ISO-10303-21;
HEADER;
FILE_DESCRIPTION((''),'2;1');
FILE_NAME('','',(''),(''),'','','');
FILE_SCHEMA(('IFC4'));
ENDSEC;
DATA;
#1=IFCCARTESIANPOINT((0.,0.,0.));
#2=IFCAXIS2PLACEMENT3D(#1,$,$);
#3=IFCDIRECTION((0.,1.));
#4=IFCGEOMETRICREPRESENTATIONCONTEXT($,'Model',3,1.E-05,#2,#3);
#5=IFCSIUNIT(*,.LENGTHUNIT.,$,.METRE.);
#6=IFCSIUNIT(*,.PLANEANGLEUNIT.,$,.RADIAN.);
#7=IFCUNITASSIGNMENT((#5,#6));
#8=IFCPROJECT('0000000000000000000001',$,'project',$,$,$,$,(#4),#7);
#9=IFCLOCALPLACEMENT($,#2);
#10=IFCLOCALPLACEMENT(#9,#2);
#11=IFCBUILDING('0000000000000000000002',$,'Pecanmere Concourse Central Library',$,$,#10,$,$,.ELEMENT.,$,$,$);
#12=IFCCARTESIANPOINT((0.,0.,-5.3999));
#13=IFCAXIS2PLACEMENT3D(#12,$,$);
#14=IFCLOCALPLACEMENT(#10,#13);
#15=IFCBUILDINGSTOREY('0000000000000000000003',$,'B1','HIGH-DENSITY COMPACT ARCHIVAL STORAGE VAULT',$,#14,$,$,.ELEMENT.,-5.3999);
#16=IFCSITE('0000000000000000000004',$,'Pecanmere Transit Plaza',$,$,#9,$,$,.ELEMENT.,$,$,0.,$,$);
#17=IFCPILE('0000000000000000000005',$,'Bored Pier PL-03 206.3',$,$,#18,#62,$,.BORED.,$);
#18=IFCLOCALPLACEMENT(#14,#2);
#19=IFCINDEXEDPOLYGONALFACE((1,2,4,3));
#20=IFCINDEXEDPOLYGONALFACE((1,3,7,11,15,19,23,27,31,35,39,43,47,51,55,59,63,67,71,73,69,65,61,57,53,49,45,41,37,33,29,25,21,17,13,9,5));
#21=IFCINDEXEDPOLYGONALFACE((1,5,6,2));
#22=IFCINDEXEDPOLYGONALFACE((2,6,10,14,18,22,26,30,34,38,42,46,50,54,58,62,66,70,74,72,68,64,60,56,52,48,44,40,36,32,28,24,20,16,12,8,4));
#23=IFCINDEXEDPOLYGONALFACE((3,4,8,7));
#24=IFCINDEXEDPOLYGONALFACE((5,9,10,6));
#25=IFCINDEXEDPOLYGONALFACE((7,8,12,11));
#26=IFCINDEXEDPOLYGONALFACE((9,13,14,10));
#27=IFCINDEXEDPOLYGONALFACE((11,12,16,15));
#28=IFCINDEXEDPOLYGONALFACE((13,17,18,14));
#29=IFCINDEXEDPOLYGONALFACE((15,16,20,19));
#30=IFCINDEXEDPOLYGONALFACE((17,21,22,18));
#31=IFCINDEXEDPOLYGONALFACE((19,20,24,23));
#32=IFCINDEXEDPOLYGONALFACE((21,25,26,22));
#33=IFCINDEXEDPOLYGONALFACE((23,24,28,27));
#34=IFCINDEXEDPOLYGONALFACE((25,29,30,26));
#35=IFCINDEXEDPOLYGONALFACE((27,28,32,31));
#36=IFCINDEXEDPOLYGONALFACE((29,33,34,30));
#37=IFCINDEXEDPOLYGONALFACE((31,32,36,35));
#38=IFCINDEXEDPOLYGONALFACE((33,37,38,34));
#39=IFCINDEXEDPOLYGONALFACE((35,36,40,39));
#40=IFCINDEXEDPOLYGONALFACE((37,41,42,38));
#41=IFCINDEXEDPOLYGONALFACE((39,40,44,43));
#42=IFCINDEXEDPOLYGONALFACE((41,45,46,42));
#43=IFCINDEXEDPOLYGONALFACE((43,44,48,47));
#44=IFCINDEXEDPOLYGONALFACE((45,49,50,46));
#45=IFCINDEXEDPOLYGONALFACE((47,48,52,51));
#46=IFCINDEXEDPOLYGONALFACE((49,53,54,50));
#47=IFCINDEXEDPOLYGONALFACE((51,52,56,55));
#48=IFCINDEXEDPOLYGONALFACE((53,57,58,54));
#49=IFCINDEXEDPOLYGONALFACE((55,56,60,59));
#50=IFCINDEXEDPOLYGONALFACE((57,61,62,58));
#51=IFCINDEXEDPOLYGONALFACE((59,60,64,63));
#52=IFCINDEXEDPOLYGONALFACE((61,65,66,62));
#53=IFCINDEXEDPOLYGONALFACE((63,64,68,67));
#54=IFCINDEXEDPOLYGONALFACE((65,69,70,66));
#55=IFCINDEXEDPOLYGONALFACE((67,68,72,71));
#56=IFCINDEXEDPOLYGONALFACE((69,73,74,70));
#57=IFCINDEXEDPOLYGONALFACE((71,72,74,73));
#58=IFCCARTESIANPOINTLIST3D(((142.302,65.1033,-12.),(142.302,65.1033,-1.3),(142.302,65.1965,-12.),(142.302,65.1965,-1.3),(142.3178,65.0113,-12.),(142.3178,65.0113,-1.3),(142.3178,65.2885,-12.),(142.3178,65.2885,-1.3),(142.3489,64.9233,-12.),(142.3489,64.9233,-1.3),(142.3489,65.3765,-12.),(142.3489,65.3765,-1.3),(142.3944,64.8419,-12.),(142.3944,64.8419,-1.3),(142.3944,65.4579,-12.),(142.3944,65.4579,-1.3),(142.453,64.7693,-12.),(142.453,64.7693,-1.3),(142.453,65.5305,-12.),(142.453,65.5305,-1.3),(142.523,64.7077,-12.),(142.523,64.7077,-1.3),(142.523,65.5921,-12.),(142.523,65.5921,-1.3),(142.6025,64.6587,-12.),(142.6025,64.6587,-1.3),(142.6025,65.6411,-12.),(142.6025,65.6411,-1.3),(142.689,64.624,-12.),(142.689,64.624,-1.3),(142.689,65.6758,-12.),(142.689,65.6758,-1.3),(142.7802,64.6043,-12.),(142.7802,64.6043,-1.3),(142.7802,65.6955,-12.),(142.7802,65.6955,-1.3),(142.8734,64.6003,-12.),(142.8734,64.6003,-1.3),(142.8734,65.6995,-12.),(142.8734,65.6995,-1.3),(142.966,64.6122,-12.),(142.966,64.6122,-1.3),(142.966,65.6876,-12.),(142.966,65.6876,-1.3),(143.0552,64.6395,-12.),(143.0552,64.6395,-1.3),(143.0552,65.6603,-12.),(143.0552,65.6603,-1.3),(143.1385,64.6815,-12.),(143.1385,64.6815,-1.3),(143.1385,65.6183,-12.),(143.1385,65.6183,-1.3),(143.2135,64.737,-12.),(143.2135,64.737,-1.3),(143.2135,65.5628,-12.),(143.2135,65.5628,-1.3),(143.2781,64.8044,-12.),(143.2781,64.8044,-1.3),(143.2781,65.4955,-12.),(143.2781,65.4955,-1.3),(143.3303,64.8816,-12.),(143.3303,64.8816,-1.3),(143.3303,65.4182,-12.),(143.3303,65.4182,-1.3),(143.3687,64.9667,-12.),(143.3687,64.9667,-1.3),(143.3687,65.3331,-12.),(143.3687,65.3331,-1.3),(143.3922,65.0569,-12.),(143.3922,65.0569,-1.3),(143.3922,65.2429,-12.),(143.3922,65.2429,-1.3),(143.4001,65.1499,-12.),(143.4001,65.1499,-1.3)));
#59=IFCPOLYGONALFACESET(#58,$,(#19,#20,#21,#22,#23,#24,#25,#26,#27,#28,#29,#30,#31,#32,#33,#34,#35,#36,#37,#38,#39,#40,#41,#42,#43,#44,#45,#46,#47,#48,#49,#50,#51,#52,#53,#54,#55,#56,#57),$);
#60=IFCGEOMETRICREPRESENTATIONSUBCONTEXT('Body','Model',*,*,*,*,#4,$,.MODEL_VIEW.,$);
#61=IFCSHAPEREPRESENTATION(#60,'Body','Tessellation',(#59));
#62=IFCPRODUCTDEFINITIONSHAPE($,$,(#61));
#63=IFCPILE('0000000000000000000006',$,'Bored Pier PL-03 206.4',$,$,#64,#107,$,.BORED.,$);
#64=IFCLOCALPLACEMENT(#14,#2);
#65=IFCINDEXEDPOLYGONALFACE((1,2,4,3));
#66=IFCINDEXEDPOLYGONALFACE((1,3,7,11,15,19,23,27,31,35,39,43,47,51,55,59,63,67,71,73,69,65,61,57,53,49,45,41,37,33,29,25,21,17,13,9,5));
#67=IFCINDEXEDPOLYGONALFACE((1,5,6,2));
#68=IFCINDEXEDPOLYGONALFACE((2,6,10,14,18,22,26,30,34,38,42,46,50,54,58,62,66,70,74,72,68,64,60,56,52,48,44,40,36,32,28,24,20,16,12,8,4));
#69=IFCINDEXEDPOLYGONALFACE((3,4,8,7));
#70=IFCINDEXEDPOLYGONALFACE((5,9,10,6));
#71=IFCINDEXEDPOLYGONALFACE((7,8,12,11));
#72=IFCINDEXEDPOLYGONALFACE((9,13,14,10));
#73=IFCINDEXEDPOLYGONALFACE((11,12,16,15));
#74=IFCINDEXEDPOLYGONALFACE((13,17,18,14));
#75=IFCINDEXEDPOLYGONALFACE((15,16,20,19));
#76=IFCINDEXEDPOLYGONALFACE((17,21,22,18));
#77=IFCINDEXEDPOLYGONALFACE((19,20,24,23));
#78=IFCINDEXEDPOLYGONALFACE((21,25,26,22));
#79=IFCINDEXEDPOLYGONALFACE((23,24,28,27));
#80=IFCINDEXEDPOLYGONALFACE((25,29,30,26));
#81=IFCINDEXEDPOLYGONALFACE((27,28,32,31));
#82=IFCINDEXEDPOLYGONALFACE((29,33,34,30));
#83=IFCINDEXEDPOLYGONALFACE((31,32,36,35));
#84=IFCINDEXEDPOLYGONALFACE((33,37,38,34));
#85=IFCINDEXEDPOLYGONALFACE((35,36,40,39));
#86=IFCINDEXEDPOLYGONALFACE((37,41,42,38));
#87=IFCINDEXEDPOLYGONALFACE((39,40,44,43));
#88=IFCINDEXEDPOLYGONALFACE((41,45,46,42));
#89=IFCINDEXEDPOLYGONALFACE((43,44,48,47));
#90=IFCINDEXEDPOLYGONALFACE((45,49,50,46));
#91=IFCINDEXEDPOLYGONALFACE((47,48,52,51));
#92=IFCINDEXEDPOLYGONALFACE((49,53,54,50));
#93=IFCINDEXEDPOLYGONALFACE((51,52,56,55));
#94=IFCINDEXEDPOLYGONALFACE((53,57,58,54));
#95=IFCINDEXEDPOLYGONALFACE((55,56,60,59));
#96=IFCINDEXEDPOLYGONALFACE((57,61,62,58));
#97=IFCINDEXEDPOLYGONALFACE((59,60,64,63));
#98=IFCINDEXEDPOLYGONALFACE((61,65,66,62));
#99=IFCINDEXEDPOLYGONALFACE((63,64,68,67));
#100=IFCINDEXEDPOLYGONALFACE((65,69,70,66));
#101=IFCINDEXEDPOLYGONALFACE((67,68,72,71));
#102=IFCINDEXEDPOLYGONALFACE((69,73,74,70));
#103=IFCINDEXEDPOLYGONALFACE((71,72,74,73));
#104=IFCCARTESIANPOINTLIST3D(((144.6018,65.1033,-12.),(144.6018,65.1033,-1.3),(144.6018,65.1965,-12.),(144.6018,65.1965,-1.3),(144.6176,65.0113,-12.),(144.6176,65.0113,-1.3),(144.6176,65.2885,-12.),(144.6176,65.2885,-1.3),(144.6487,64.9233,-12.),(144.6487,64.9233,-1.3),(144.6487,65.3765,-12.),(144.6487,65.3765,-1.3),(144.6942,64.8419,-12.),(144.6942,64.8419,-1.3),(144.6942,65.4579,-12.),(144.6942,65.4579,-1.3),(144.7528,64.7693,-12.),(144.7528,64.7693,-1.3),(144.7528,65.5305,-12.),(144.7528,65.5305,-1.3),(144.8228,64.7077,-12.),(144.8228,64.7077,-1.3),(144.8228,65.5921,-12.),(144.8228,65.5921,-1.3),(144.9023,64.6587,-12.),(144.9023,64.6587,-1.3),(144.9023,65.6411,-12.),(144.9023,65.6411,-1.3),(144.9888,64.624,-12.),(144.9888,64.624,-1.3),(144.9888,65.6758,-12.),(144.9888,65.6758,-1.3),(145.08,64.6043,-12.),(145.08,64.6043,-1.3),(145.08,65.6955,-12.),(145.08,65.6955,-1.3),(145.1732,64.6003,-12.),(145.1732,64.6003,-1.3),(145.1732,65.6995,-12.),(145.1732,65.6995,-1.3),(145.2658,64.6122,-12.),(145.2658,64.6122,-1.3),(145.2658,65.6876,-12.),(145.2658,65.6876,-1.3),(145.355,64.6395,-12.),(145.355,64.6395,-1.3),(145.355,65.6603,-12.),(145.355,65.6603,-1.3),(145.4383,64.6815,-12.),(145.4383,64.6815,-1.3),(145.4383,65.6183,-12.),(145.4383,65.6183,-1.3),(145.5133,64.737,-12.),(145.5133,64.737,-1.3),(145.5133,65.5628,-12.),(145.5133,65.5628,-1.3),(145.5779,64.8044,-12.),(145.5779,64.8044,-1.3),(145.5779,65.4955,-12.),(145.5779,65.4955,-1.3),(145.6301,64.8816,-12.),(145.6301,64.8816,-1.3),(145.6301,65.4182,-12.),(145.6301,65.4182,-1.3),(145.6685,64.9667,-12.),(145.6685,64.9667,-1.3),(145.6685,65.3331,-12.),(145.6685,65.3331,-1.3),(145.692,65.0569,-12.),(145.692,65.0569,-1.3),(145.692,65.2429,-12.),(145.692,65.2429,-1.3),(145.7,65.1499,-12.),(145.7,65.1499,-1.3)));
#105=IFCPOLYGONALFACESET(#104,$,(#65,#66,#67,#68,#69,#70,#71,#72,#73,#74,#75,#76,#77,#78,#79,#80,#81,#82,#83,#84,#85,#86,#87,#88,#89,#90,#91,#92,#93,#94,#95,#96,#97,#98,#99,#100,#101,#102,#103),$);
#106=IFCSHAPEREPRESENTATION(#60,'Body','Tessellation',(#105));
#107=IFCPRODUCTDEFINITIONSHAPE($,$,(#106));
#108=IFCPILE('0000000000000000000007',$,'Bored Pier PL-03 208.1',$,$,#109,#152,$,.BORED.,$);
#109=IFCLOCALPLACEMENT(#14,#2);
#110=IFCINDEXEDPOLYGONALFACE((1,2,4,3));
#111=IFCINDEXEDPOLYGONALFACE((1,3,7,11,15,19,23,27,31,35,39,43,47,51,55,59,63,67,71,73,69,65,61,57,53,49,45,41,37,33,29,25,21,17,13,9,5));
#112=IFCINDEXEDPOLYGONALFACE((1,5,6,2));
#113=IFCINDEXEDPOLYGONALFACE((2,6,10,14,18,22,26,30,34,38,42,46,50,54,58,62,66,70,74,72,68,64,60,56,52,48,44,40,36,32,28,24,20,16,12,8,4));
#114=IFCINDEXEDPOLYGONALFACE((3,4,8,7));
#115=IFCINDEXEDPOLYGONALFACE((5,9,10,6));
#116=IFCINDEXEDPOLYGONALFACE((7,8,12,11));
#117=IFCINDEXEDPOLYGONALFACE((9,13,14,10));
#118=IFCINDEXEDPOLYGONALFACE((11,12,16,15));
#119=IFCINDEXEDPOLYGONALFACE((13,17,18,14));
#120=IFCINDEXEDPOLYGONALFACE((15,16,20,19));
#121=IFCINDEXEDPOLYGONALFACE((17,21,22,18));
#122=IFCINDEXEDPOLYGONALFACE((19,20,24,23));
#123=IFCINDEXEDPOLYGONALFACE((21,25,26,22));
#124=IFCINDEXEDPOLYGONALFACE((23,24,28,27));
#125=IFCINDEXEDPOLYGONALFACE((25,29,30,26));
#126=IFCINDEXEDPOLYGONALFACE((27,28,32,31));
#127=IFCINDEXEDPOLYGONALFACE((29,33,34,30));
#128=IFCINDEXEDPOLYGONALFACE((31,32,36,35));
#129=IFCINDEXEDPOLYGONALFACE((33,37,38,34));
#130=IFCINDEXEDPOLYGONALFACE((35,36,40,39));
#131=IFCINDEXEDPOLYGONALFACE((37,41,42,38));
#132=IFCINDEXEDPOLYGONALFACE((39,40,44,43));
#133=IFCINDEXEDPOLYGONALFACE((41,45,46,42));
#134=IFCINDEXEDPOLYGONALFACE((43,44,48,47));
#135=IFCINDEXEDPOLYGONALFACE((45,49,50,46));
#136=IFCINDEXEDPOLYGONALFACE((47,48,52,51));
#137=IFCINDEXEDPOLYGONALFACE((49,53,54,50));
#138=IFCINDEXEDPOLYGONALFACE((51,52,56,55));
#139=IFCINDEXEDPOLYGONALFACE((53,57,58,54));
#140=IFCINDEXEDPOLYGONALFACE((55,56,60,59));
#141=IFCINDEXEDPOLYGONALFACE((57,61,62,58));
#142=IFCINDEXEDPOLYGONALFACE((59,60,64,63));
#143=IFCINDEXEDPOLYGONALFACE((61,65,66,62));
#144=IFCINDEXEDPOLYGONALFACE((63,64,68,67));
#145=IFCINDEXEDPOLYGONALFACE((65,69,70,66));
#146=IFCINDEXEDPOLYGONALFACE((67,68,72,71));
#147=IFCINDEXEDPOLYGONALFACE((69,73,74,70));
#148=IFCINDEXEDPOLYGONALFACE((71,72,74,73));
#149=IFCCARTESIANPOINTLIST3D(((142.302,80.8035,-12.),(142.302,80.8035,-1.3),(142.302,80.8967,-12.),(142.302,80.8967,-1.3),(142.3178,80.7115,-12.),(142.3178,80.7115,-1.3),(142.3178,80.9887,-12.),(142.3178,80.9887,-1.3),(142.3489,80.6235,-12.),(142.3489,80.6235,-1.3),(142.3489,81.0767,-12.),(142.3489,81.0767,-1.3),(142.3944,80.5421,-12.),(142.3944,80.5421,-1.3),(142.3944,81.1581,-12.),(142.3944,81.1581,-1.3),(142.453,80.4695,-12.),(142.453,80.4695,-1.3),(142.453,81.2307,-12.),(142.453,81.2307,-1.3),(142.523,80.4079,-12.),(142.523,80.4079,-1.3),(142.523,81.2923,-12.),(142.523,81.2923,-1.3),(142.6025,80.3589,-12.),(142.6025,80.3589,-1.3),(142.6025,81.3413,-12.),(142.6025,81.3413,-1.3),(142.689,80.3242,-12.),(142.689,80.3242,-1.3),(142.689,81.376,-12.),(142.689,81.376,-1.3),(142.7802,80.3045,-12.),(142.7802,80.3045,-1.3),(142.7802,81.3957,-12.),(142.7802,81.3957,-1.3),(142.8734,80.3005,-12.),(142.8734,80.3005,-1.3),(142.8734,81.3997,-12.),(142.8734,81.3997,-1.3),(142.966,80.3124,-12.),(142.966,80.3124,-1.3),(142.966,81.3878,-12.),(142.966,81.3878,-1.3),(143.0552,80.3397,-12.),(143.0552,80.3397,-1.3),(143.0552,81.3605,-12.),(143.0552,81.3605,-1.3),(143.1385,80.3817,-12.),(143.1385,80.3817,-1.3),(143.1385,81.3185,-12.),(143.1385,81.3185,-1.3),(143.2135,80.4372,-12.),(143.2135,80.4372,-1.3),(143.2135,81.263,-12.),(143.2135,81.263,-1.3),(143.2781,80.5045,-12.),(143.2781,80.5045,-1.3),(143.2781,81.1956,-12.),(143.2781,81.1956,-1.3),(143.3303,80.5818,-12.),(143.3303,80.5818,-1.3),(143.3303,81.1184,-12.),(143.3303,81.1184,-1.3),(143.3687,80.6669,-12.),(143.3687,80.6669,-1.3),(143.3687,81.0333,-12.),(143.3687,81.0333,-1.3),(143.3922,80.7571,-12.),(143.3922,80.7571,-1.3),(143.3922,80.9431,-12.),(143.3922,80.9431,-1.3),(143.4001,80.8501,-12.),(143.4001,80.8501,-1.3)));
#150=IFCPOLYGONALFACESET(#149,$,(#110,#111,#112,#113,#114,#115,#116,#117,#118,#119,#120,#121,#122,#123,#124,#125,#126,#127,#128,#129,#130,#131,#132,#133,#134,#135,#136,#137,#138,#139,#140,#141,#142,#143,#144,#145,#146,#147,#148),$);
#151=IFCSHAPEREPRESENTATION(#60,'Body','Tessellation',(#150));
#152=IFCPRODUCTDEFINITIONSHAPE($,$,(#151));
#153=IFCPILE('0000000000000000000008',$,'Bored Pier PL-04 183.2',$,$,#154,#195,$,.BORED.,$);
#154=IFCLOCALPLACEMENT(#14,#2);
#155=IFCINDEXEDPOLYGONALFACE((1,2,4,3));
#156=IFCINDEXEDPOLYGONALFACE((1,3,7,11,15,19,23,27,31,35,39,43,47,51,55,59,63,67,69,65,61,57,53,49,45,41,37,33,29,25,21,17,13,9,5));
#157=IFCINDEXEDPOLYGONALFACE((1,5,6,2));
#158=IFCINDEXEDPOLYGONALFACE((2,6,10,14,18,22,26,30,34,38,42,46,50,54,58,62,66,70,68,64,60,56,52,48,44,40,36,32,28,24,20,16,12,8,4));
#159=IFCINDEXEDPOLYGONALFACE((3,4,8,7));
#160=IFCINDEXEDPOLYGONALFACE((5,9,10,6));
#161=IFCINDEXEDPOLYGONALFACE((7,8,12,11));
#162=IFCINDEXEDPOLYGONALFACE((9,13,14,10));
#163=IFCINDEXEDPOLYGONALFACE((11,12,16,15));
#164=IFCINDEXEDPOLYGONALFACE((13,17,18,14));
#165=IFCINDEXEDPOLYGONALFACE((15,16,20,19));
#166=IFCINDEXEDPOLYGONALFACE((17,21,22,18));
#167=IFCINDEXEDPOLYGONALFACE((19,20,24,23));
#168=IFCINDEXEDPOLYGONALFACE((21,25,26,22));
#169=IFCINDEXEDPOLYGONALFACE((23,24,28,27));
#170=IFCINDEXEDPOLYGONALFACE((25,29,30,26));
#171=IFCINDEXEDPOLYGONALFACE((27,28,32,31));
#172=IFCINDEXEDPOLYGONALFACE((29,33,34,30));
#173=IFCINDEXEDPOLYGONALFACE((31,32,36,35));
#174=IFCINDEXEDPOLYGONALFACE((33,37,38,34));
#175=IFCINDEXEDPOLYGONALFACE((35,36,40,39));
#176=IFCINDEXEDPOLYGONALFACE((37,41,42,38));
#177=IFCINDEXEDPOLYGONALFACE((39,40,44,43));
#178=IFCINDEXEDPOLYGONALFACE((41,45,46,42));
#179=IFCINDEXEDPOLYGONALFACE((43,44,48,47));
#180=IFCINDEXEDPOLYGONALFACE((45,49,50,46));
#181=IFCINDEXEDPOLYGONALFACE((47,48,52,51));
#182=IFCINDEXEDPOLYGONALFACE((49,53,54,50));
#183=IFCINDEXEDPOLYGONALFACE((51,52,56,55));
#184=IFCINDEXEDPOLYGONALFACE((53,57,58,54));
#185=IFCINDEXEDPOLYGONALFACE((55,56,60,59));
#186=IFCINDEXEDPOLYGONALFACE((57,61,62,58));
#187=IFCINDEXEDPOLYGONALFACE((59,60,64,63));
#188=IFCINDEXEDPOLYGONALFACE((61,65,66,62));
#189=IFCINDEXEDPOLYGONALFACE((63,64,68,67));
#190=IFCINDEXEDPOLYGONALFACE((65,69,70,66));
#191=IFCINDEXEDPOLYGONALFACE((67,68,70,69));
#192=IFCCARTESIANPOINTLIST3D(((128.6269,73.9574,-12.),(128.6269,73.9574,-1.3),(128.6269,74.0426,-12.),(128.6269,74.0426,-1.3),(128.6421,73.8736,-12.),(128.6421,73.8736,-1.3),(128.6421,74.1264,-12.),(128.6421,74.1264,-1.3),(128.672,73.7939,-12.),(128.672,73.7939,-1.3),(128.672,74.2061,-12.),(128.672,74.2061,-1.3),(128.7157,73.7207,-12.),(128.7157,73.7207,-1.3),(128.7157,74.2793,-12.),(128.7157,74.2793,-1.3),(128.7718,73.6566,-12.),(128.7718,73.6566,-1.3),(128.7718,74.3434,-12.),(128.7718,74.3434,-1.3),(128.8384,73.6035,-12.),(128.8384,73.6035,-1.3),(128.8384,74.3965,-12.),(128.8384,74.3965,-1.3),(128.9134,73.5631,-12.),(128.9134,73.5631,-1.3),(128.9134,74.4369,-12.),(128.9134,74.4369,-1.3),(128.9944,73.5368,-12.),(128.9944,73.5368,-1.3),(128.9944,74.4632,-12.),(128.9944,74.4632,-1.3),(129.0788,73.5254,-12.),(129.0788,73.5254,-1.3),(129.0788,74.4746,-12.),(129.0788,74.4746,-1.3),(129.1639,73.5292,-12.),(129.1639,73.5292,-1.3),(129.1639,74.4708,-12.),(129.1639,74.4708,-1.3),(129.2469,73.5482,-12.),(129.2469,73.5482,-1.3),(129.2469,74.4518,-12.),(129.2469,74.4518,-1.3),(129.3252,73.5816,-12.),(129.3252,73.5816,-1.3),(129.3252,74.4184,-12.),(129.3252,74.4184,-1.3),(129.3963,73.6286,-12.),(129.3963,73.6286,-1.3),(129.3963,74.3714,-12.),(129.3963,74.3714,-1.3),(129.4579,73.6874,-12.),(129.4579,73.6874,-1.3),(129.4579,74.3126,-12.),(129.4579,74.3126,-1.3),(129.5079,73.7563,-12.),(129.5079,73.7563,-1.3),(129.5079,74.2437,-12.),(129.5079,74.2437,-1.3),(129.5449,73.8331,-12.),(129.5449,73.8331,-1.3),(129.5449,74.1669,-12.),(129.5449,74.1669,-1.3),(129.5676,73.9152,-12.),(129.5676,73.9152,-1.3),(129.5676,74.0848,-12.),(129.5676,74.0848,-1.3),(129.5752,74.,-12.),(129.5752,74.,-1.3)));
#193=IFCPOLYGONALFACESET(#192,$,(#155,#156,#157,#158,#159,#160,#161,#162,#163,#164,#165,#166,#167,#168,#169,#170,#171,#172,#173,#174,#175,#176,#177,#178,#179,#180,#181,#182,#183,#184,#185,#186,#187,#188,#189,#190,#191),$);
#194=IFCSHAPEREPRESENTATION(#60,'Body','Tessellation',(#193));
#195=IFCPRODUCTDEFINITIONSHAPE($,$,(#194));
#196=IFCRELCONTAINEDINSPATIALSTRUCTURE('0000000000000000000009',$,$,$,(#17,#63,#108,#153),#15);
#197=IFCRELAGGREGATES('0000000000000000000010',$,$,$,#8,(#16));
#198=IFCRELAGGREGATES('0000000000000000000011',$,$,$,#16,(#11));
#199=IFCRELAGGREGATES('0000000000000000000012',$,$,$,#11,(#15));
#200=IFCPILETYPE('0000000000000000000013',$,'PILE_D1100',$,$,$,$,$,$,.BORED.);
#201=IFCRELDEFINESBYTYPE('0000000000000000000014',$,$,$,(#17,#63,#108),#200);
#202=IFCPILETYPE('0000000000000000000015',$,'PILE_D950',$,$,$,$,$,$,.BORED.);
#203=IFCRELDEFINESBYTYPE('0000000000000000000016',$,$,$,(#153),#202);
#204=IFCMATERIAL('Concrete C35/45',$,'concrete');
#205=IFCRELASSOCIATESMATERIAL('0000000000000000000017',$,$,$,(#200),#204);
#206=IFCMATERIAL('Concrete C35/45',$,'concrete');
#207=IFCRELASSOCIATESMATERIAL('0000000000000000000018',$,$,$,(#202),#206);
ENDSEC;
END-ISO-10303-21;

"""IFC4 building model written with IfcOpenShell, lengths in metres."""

from ifc_helpers import new_model, si_unit, direction, frame, origin, origin_2d, place, context, subcontext, project, spatial, circle, extrude, material, material_profile, profile_set, type_object, element, save


model = new_model("IFC4")

# Units and contexts
model_context = context("Model", 3, precision=1e-05, world=origin(), true_north=direction((0.0, 1.0)))
body_context = subcontext(model_context, "Body", "Model", "MODEL_VIEW")
ifc_project = project(units=[si_unit("LENGTHUNIT", "METRE"), si_unit("PLANEANGLEUNIT", "RADIAN")], contexts=[model_context])

# Site, building, storey
site_placement = place(None, origin())
site = spatial("IfcSite", under=ifc_project, at=site_placement, Name="Pecanmere Transit Plaza", CompositionType="ELEMENT", RefElevation=0.0)
building_placement = place(site_placement, origin())
building = spatial("IfcBuilding", under=site, at=building_placement, Name="Pecanmere Concourse Central Library", CompositionType="ELEMENT")
storey_placement = place(building_placement, frame((0.0, 0.0, -5.3999)))
storey = spatial("IfcBuildingStorey", under=building, at=storey_placement, Name="B1", Description="HIGH-DENSITY COMPACT ARCHIVAL STORAGE VAULT", CompositionType="ELEMENT", Elevation=-5.3999)

# Piles
ifc_material_1 = material(Name="Concrete C35/45", Category="concrete")
ifc_material_profile_1 = material_profile(ifc_material_1, circle(Radius=0.55, at=origin_2d()), Name="PIER D1100")
ifc_profile_set_1 = profile_set([ifc_material_profile_1], Name="Concrete C35/45")
pile_type_1 = type_object("IfcPileType", Name="PILE_D1100", PredefinedType="BORED", material=ifc_profile_set_1)
for number, where, z_axis, x_axis, name in (
    (1, (142.8501, 65.1499, -1.3), (0.0, 0.0, -1.0), (1.0, 0.0, 0.0), "Bored Pier PL-03 206.3"),
    (2, (145.1499, 65.1499, -1.3), (0.0, 0.0, -1.0), (1.0, 0.0, 0.0), "Bored Pier PL-03 206.4"),
    (3, (142.8501, 80.8501, -1.3), (0.0, 0.0, -1.0), (1.0, 0.0, 0.0), "Bored Pier PL-03 208.1"),
):
    element("IfcPile", number, at=place(storey_placement, frame(where, z_axis=z_axis, x_axis=x_axis)), inside=storey, type_object=pile_type_1, Name=name, PredefinedType="BORED", context=body_context, shape_type="SweptSolid", body=[
        extrude(circle(Radius=0.55, at=origin_2d()), origin(), (0.0, 0.0, 1.0), 10.7),
    ])
ifc_material_2 = material(Name="Concrete C35/45", Category="concrete")
ifc_material_profile_2 = material_profile(ifc_material_2, circle(Radius=0.4751, at=origin_2d()), Name="PIER D950")
ifc_profile_set_2 = profile_set([ifc_material_profile_2], Name="Concrete C35/45")
pile_type_2 = type_object("IfcPileType", Name="PILE_D950", PredefinedType="BORED", material=ifc_profile_set_2)
for number, where, z_axis, x_axis, name in (
    (4, (129.1001, 74.0, -1.3), (0.0, 0.0, -1.0), (1.0, 0.0, 0.0), "Bored Pier PL-04 183.2"),
):
    element("IfcPile", number, at=place(storey_placement, frame(where, z_axis=z_axis, x_axis=x_axis)), inside=storey, type_object=pile_type_2, Name=name, PredefinedType="BORED", context=body_context, shape_type="SweptSolid", body=[
        extrude(circle(Radius=0.4751, at=origin_2d()), origin(), (0.0, 0.0, 1.0), 10.7),
    ])

save(model, "model.ifc")
